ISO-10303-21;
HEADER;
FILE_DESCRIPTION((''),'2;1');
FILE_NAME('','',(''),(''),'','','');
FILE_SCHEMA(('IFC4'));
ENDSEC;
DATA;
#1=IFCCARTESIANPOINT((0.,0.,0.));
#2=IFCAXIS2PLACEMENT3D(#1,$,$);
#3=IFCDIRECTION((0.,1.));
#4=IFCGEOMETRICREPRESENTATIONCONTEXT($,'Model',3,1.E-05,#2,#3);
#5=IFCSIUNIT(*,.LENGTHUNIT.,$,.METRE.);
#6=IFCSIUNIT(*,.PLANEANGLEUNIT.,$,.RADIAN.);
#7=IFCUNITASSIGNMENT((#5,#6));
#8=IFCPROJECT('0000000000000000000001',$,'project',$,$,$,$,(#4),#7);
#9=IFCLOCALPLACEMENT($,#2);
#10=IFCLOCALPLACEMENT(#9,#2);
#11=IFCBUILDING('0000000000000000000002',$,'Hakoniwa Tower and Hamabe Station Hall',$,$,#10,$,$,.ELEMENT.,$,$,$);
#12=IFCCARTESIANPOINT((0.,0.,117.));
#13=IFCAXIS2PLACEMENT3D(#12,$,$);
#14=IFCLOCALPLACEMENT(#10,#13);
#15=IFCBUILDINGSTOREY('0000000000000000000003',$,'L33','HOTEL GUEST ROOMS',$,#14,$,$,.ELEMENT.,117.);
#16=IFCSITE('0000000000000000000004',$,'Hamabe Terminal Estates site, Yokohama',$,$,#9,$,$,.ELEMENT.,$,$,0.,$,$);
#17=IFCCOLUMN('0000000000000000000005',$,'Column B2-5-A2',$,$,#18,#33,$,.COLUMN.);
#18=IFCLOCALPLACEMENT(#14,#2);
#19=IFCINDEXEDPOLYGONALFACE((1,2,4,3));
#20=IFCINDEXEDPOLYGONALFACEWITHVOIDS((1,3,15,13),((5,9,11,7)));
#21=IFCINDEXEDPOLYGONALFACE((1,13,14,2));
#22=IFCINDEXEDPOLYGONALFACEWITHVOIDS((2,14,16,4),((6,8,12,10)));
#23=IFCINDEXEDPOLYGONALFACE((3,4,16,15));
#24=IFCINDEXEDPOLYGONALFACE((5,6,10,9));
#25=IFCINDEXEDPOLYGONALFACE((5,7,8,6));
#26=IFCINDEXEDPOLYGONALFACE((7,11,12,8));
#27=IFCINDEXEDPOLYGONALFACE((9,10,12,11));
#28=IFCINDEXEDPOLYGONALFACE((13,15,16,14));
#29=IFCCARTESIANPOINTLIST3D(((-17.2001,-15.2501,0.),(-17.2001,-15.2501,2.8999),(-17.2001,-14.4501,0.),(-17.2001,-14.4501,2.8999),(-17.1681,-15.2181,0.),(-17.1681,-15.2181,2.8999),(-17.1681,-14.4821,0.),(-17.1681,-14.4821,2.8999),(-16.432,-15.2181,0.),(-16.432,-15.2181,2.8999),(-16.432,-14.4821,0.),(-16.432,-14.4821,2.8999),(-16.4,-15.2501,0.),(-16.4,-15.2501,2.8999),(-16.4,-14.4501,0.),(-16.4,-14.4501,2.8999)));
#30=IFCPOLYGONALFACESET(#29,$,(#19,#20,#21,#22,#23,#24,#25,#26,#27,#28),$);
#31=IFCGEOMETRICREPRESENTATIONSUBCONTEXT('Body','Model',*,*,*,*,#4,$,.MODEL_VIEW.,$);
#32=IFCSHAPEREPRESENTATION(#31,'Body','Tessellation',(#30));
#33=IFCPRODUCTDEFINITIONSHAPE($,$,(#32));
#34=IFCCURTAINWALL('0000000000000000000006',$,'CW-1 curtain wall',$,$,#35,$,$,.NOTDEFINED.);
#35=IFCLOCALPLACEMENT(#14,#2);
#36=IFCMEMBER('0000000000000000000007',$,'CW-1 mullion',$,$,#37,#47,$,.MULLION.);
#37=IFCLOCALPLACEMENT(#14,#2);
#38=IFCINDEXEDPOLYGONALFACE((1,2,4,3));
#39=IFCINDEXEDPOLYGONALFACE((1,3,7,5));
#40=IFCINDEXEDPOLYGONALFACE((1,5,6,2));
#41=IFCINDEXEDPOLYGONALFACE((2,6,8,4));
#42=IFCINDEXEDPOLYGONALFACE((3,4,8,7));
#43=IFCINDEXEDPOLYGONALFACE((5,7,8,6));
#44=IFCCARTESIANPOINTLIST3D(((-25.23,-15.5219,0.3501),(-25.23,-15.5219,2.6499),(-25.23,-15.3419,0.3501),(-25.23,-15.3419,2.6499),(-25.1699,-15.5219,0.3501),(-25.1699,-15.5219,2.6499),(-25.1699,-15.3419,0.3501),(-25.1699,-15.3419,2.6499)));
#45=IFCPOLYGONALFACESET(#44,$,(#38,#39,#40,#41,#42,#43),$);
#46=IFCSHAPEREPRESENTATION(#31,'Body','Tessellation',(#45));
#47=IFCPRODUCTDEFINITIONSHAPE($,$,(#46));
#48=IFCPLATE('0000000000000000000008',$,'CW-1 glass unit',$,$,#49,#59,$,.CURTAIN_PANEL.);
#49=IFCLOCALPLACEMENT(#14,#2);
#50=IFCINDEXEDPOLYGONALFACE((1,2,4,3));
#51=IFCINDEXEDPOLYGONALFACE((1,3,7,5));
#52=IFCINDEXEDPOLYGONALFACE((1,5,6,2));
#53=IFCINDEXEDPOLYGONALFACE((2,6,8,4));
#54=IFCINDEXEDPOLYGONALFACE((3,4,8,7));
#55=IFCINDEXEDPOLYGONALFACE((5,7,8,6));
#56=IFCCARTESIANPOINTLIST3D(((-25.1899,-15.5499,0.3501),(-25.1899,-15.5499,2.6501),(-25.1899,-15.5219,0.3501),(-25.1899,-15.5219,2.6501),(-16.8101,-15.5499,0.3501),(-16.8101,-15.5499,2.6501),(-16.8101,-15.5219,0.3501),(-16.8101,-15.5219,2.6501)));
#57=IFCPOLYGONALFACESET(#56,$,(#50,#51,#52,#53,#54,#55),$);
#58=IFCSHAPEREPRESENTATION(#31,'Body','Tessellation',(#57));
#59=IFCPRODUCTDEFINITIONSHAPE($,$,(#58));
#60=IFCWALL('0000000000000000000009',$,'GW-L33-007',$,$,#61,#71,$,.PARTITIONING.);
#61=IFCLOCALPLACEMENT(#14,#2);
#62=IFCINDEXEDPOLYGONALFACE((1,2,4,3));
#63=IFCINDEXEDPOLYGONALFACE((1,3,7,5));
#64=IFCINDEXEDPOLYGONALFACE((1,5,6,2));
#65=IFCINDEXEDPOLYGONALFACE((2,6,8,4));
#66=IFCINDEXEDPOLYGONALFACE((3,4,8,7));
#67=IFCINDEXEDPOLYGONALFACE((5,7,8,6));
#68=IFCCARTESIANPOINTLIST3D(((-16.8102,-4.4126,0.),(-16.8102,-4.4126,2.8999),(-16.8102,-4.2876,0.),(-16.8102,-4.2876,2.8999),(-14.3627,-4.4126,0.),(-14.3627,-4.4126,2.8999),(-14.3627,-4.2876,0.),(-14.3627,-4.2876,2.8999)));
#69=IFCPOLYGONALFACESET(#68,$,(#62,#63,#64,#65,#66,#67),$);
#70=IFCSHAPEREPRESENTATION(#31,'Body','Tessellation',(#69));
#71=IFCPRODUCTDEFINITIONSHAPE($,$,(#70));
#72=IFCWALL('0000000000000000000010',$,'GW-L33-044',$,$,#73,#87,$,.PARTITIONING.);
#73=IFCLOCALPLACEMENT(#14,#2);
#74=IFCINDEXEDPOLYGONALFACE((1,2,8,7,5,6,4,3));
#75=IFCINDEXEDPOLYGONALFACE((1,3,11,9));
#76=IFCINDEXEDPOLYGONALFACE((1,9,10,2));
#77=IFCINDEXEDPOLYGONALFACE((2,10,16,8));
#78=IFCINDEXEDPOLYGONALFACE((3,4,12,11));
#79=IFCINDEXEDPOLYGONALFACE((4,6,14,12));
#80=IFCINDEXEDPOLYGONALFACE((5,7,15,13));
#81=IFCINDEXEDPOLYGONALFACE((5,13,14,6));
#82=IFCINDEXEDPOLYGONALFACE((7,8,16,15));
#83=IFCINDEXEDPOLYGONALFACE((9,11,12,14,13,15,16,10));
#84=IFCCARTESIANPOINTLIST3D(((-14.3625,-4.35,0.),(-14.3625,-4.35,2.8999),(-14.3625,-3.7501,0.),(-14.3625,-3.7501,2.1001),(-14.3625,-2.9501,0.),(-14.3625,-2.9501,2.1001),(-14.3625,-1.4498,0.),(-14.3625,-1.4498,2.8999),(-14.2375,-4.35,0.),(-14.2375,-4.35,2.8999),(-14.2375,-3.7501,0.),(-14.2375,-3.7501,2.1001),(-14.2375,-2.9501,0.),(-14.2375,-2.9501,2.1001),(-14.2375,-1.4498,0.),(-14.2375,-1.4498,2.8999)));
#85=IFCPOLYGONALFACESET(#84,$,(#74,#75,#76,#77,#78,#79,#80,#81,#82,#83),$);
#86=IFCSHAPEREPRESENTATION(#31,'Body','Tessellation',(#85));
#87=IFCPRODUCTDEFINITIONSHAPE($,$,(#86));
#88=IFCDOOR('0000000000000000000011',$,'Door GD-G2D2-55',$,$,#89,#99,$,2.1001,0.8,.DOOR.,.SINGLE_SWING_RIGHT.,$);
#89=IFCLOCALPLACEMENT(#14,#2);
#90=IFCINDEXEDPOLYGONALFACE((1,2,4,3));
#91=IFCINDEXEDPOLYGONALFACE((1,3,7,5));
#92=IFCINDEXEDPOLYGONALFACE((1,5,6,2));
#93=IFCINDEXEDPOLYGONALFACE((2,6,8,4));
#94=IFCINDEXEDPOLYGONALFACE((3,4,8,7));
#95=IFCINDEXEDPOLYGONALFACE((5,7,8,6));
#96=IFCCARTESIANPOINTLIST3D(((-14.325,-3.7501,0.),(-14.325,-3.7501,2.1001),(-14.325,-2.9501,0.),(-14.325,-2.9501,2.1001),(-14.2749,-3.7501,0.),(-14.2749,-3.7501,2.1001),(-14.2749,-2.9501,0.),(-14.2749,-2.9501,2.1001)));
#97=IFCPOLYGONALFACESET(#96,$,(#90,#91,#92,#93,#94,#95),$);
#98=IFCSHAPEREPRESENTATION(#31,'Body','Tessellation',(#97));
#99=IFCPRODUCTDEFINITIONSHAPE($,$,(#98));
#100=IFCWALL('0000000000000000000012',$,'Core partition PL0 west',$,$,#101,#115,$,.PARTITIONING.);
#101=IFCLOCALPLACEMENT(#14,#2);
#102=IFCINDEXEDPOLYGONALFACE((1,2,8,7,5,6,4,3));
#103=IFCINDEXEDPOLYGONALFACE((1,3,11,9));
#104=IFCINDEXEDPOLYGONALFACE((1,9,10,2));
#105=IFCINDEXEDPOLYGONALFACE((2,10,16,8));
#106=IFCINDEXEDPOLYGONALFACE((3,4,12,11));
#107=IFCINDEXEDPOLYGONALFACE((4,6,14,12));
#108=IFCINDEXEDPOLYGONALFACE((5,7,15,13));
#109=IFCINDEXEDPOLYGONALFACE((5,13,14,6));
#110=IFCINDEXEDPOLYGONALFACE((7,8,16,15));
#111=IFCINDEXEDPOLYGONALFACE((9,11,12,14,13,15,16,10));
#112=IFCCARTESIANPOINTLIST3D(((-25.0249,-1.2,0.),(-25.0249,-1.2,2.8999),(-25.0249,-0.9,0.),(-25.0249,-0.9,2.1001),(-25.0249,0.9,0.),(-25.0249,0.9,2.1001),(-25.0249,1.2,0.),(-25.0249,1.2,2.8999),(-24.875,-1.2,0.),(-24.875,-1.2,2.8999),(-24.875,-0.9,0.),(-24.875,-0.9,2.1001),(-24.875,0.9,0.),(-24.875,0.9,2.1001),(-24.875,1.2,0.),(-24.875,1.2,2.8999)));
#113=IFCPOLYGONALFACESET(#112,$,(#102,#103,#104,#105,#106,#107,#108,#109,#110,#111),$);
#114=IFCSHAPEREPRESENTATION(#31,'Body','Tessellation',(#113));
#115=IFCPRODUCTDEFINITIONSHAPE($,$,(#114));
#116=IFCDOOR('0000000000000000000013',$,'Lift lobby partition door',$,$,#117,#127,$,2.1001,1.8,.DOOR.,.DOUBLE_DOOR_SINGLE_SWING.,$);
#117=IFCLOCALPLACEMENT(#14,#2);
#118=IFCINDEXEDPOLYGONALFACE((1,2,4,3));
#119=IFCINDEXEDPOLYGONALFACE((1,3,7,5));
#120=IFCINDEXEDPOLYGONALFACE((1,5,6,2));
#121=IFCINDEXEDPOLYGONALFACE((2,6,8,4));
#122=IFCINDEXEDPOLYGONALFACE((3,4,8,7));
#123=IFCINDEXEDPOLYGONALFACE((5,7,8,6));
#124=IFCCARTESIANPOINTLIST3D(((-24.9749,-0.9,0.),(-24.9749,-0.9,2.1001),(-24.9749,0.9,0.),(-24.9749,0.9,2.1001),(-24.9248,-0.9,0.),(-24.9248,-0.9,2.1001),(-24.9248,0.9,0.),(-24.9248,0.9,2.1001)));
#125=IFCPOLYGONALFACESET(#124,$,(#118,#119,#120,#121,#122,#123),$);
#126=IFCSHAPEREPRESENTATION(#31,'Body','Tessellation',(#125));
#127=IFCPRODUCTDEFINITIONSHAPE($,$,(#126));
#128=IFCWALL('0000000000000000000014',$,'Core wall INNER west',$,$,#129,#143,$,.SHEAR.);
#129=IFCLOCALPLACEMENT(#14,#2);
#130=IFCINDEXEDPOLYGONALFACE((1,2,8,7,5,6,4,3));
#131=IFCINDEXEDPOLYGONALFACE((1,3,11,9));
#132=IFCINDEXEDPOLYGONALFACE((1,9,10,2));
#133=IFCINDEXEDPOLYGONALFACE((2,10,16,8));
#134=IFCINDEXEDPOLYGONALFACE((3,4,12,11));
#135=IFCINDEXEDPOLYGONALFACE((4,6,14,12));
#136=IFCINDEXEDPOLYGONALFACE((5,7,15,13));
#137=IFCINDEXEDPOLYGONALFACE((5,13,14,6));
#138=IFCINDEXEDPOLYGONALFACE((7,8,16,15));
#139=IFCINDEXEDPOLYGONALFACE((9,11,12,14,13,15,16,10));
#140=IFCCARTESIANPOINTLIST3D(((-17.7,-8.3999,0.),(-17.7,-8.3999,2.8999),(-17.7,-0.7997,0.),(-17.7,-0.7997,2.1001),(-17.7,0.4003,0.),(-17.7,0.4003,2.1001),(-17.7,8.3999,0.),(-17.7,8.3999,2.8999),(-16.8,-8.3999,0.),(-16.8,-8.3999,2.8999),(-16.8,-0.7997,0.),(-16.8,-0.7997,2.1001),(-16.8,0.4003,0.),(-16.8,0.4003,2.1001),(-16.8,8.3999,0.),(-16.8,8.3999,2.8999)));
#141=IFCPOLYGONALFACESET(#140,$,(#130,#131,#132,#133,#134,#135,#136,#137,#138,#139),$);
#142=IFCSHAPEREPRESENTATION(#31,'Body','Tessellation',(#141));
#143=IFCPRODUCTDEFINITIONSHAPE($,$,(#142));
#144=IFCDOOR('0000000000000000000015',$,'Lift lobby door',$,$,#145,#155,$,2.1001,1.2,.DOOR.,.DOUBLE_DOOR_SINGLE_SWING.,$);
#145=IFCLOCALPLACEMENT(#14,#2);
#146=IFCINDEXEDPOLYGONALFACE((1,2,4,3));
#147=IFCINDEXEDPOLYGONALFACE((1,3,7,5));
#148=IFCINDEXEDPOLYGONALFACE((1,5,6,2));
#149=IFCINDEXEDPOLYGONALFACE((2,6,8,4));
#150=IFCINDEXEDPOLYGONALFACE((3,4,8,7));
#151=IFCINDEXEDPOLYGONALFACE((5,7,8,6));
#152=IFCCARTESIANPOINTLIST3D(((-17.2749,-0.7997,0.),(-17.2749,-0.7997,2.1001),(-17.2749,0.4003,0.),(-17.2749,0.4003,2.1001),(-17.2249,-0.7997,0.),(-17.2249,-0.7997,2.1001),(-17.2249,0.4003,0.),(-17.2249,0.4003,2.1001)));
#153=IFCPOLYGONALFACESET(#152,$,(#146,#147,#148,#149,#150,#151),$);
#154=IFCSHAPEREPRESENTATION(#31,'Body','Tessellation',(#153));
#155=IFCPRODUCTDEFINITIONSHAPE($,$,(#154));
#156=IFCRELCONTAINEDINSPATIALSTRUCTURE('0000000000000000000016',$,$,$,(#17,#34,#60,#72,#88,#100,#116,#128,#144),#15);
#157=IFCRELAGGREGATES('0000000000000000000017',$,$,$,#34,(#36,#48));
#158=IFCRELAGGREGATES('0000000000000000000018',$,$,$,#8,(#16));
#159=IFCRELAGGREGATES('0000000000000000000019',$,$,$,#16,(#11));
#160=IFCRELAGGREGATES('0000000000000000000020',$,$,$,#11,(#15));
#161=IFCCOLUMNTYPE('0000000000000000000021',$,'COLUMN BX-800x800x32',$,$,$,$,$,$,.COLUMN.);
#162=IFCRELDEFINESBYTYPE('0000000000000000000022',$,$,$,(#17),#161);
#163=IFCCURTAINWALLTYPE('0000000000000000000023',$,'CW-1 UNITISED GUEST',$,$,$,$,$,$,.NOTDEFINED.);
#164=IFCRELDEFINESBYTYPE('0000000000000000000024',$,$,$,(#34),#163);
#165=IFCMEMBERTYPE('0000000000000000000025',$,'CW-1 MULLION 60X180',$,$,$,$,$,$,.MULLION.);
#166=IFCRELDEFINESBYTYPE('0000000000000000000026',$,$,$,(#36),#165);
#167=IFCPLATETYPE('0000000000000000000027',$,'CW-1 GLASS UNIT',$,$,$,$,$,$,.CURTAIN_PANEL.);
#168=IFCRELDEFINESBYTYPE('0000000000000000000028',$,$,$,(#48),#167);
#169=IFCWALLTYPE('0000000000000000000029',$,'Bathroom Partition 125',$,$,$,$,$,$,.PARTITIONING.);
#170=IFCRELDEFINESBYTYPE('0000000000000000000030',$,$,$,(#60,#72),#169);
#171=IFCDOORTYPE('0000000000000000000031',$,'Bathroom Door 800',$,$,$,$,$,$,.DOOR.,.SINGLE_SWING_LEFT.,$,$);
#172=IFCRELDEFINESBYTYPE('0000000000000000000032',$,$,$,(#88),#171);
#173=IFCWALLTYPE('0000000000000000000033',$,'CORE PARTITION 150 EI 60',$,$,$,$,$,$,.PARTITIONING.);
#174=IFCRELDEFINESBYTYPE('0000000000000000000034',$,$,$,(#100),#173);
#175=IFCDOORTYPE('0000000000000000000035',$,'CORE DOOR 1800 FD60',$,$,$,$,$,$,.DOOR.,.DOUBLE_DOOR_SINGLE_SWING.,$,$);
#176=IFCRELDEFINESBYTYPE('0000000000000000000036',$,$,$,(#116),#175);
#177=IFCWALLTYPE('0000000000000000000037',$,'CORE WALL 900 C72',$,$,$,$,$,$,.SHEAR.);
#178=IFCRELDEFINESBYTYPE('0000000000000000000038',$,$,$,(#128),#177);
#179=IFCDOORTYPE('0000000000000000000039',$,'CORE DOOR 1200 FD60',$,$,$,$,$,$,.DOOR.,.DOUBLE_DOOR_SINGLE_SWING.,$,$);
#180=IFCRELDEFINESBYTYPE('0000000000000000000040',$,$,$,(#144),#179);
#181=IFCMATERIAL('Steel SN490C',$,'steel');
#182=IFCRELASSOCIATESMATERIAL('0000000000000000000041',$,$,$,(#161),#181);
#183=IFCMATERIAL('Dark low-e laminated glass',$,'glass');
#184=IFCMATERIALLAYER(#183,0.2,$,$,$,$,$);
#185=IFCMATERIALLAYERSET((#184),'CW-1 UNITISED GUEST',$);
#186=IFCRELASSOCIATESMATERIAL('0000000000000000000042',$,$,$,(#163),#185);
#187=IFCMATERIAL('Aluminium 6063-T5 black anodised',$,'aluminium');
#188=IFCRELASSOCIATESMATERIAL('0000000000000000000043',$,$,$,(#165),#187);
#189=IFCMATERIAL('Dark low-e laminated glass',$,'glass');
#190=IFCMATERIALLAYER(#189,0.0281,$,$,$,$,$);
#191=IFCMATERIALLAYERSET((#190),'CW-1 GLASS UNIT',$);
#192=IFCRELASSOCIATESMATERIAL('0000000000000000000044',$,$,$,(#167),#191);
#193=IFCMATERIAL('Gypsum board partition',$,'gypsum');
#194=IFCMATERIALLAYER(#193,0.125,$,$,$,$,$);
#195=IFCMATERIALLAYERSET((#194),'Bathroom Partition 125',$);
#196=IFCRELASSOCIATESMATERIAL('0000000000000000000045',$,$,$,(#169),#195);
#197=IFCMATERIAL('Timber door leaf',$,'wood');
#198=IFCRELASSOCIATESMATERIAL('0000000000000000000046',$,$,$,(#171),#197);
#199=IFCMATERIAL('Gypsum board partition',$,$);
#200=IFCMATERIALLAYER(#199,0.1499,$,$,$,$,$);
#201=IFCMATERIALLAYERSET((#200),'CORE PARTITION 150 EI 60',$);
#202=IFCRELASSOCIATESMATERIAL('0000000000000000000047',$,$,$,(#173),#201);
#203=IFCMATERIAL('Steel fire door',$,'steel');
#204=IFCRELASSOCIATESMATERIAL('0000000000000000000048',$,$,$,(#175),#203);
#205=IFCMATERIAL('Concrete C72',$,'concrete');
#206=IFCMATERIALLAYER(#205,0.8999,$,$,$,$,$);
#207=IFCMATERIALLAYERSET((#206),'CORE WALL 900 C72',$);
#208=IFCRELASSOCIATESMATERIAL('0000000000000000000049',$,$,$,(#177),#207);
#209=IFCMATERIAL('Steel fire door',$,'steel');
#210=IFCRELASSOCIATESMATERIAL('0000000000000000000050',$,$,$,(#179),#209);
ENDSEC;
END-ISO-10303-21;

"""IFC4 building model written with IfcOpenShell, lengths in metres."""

from ifc_helpers import new_model, si_unit, direction, frame, frame_2d, origin, origin_2d, place, context, subcontext, project, spatial, rectangle, hollow_rectangle, extrude, material, layer, layer_set, material_profile, profile_set, type_object, element, fill, aggregate, save


model = new_model("IFC4")

# Units and contexts
model_context = context("Model", 3, precision=1e-05, world=origin(), true_north=direction((0.0, 1.0)))
body_context = subcontext(model_context, "Body", "Model", "MODEL_VIEW")
ifc_project = project(units=[si_unit("LENGTHUNIT", "METRE"), si_unit("PLANEANGLEUNIT", "RADIAN")], contexts=[model_context])

# Site, building, storey
site_placement = place(None, origin())
site = spatial("IfcSite", under=ifc_project, at=site_placement, Name="Hamabe Terminal Estates site, Yokohama", CompositionType="ELEMENT", RefElevation=0.0)
building_placement = place(site_placement, origin())
building = spatial("IfcBuilding", under=site, at=building_placement, Name="Hakoniwa Tower and Hamabe Station Hall", CompositionType="ELEMENT")
storey_placement = place(building_placement, frame((0.0, 0.0, 117.0)))
storey = spatial("IfcBuildingStorey", under=building, at=storey_placement, Name="L33", Description="HOTEL GUEST ROOMS", CompositionType="ELEMENT", Elevation=117.0)

# Column
ifc_material_1 = material(Name="Steel SN490C", Category="steel")
ifc_material_profile_1 = material_profile(ifc_material_1, hollow_rectangle(XDim=0.8, YDim=0.8, WallThickness=0.032, at=origin_2d()), Name="BX-800x800x32")
ifc_profile_set_1 = profile_set([ifc_material_profile_1], Name="Steel SN490C")
column_type = type_object("IfcColumnType", Name="COLUMN BX-800x800x32", PredefinedType="COLUMN", material=ifc_profile_set_1)
column_placement = place(storey_placement, frame((-16.8, -14.8501, 0.0), z_axis=(0.0, 0.0, 1.0), x_axis=(1.0, 0.0, 0.0)))
element("IfcColumn", 1, at=column_placement, inside=storey, type_object=column_type, Name="Column B2-5-A2", PredefinedType="COLUMN", context=body_context, shape_type="SweptSolid", body=[
    extrude(hollow_rectangle(XDim=0.8, YDim=0.8, WallThickness=0.032, at=origin_2d()), origin(), (0.0, 0.0, 1.0), 2.8999),
])

# Curtain wall, member, plate
ifc_material_2 = material(Name="Dark low-e laminated glass", Category="glass")
ifc_layer_1 = layer(ifc_material_2, 0.2)
ifc_layer_set_1 = layer_set([ifc_layer_1], Name="CW-1 UNITISED GUEST")
curtain_wall_type = type_object("IfcCurtainWallType", Name="CW-1 UNITISED GUEST", PredefinedType="NOTDEFINED", material=ifc_layer_set_1)
curtain_wall_placement = place(storey_placement, origin())
curtain_wall = element("IfcCurtainWall", 2, at=curtain_wall_placement, inside=storey, type_object=curtain_wall_type, Name="CW-1 curtain wall", PredefinedType="NOTDEFINED")
ifc_material_3 = material(Name="Aluminium 6063-T5 black anodised", Category="aluminium")
ifc_material_profile_2 = material_profile(ifc_material_3, rectangle(XDim=0.0601, YDim=0.1799, at=origin_2d()), Name="CW-1 MULLION 60X180")
ifc_profile_set_2 = profile_set([ifc_material_profile_2], Name="Aluminium 6063-T5 black anodised")
member_type = type_object("IfcMemberType", Name="CW-1 MULLION 60X180", PredefinedType="MULLION", material=ifc_profile_set_2)
member_placement = place(storey_placement, frame((-25.2, -15.4319, 0.3501), z_axis=(0.0, 0.0, 1.0), x_axis=(1.0, 0.0, 0.0)))
member = element("IfcMember", 3, at=member_placement, type_object=member_type, Name="CW-1 mullion", PredefinedType="MULLION", context=body_context, shape_type="SweptSolid", body=[
    extrude(rectangle(XDim=0.0601, YDim=0.1799, at=origin_2d()), origin(), (0.0, 0.0, 1.0), 2.2998),
])
ifc_material_4 = material(Name="Dark low-e laminated glass", Category="glass")
ifc_layer_2 = layer(ifc_material_4, 0.0281)
ifc_layer_set_2 = layer_set([ifc_layer_2], Name="CW-1 GLASS UNIT")
plate_type = type_object("IfcPlateType", Name="CW-1 GLASS UNIT", PredefinedType="CURTAIN_PANEL", material=ifc_layer_set_2)
plate_placement = place(storey_placement, frame((-21.0, -15.5359, 0.3501), z_axis=(0.0, 0.0, 1.0), x_axis=(1.0, 0.0, 0.0)))
plate = element("IfcPlate", 4, at=plate_placement, type_object=plate_type, Name="CW-1 glass unit", PredefinedType="CURTAIN_PANEL", context=body_context, shape_type="SweptSolid", body=[
    extrude(rectangle(XDim=8.3799, YDim=0.0281, at=origin_2d()), origin(), (0.0, 0.0, 1.0), 2.3),
])
aggregate(curtain_wall, [member, plate])

# Wall
ifc_material_5 = material(Name="Gypsum board partition", Category="gypsum")
ifc_layer_3 = layer(ifc_material_5, 0.125)
ifc_layer_set_3 = layer_set([ifc_layer_3], Name="Bathroom Partition 125")
wall_type_1 = type_object("IfcWallType", Name="Bathroom Partition 125", PredefinedType="PARTITIONING", material=ifc_layer_set_3)
wall_1_placement = place(storey_placement, frame((-16.8101, -4.3501, 0.0), z_axis=(0.0, 0.0, 1.0), x_axis=(1.0, 0.0, 0.0)))
element("IfcWall", 5, at=wall_1_placement, inside=storey, type_object=wall_type_1, Name="GW-L33-007", PredefinedType="PARTITIONING", context=body_context, shape_type="SweptSolid", body=[
    extrude(rectangle(XDim=2.4475, YDim=0.125, at=frame_2d((1.2236, 0.0))), origin(), (0.0, 0.0, 1.0), 2.8999),
])

# Walls, openings, doors
wall_2_placement = place(storey_placement, frame((-14.3, -4.3501, 0.0), z_axis=(0.0, 0.0, 1.0), x_axis=(0.0, 1.0, 0.0)))
wall_2 = element("IfcWall", 6, at=wall_2_placement, inside=storey, type_object=wall_type_1, Name="GW-L33-044", PredefinedType="PARTITIONING", context=body_context, shape_type="SweptSolid", body=[
    extrude(rectangle(XDim=2.9001, YDim=0.125, at=frame_2d((1.4502, 0.0))), origin(), (0.0, 0.0, 1.0), 2.8999),
])
opening_1_placement = place(wall_2_placement, frame((0.6001, 0.0, 0.0)))
opening_1 = element("IfcOpeningElement", 7, at=opening_1_placement, cuts=wall_2, PredefinedType="OPENING", context=body_context, shape_type="SweptSolid", body=[
    extrude(rectangle(XDim=0.8, YDim=2.1001, at=frame_2d((0.3999, 1.05))), frame((0.0, 0.0725, 0.0), z_axis=(0.0, -1.0, 0.0), x_axis=(1.0, 0.0, 0.0)), (0.0, 0.0, 1.0), 0.145),
])
ifc_material_6 = material(Name="Timber door leaf", Category="wood")
door_type_1 = type_object("IfcDoorType", Name="Bathroom Door 800", OperationType="SINGLE_SWING_LEFT", PredefinedType="DOOR", material=ifc_material_6)
door_1_placement = place(opening_1_placement, origin())
door_1 = element("IfcDoor", 8, at=door_1_placement, inside=storey, type_object=door_type_1, Name="Door GD-G2D2-55", OperationType="SINGLE_SWING_RIGHT", OverallHeight=2.1001, OverallWidth=0.8, PredefinedType="DOOR", context=body_context, shape_type="SweptSolid", body=[
    extrude(rectangle(XDim=0.8, YDim=2.1001, at=frame_2d((0.3999, 1.05))), frame((0.0, 0.0249, 0.0), z_axis=(0.0, -1.0, 0.0), x_axis=(1.0, 0.0, 0.0)), (0.0, 0.0, 1.0), 0.05),
])
fill(opening_1, door_1)
ifc_material_7 = material(Name="Gypsum board partition")
ifc_layer_4 = layer(ifc_material_7, 0.1499)
ifc_layer_set_4 = layer_set([ifc_layer_4], Name="CORE PARTITION 150 EI 60")
wall_type_2 = type_object("IfcWallType", Name="CORE PARTITION 150 EI 60", PredefinedType="PARTITIONING", material=ifc_layer_set_4)
wall_3_placement = place(storey_placement, frame((-24.95, -1.2, 0.0), z_axis=(0.0, 0.0, 1.0), x_axis=(0.0, 1.0, 0.0)))
wall_3 = element("IfcWall", 9, at=wall_3_placement, inside=storey, type_object=wall_type_2, Name="Core partition PL0 west", PredefinedType="PARTITIONING", context=body_context, shape_type="SweptSolid", body=[
    extrude(rectangle(XDim=2.3999, YDim=0.1499, at=frame_2d((1.2, 0.0))), origin(), (0.0, 0.0, 1.0), 2.8999),
])
opening_2_placement = place(wall_3_placement, frame((0.3, 0.0, 0.0)))
opening_2 = element("IfcOpeningElement", 10, at=opening_2_placement, cuts=wall_3, PredefinedType="OPENING", context=body_context, shape_type="SweptSolid", body=[
    extrude(rectangle(XDim=1.8, YDim=2.1001, at=frame_2d((0.8999, 1.05))), frame((0.0, 0.085, 0.0), z_axis=(0.0, -1.0, 0.0), x_axis=(1.0, 0.0, 0.0)), (0.0, 0.0, 1.0), 0.1699),
])
ifc_material_8 = material(Name="Steel fire door", Category="steel")
door_type_2 = type_object("IfcDoorType", Name="CORE DOOR 1800 FD60", OperationType="DOUBLE_DOOR_SINGLE_SWING", PredefinedType="DOOR", material=ifc_material_8)
door_2_placement = place(opening_2_placement, origin())
door_2 = element("IfcDoor", 11, at=door_2_placement, inside=storey, type_object=door_type_2, Name="Lift lobby partition door", OperationType="DOUBLE_DOOR_SINGLE_SWING", OverallHeight=2.1001, OverallWidth=1.8, PredefinedType="DOOR", context=body_context, shape_type="SweptSolid", body=[
    extrude(rectangle(XDim=1.8, YDim=2.1001, at=frame_2d((0.8999, 1.05))), frame((0.0, 0.0249, 0.0), z_axis=(0.0, -1.0, 0.0), x_axis=(1.0, 0.0, 0.0)), (0.0, 0.0, 1.0), 0.05),
])
fill(opening_2, door_2)
ifc_material_9 = material(Name="Concrete C72", Category="concrete")
ifc_layer_5 = layer(ifc_material_9, 0.8999)
ifc_layer_set_5 = layer_set([ifc_layer_5], Name="CORE WALL 900 C72")
wall_type_3 = type_object("IfcWallType", Name="CORE WALL 900 C72", PredefinedType="SHEAR", material=ifc_layer_set_5)
wall_4_placement = place(storey_placement, frame((-17.25, -8.3999, 0.0), z_axis=(0.0, 0.0, 1.0), x_axis=(0.0, 1.0, 0.0)))
wall_4 = element("IfcWall", 12, at=wall_4_placement, inside=storey, type_object=wall_type_3, Name="Core wall INNER west", PredefinedType="SHEAR", context=body_context, shape_type="SweptSolid", body=[
    extrude(rectangle(XDim=16.7998, YDim=0.8999, at=frame_2d((8.3999, 0.0))), origin(), (0.0, 0.0, 1.0), 2.8999),
])
opening_3_placement = place(wall_4_placement, frame((7.6001, 0.0, 0.0)))
opening_3 = element("IfcOpeningElement", 13, at=opening_3_placement, cuts=wall_4, PredefinedType="OPENING", context=body_context, shape_type="SweptSolid", body=[
    extrude(rectangle(XDim=1.2, YDim=2.1001, at=frame_2d((0.6001, 1.05))), frame((0.0, 0.46, 0.0), z_axis=(0.0, -1.0, 0.0), x_axis=(1.0, 0.0, 0.0)), (0.0, 0.0, 1.0), 0.9199),
])
ifc_material_10 = material(Name="Steel fire door", Category="steel")
door_type_3 = type_object("IfcDoorType", Name="CORE DOOR 1200 FD60", OperationType="DOUBLE_DOOR_SINGLE_SWING", PredefinedType="DOOR", material=ifc_material_10)
door_3_placement = place(opening_3_placement, origin())
door_3 = element("IfcDoor", 14, at=door_3_placement, inside=storey, type_object=door_type_3, Name="Lift lobby door", OperationType="DOUBLE_DOOR_SINGLE_SWING", OverallHeight=2.1001, OverallWidth=1.2, PredefinedType="DOOR", context=body_context, shape_type="SweptSolid", body=[
    extrude(rectangle(XDim=1.2, YDim=2.1001, at=frame_2d((0.6001, 1.05))), frame((0.0, 0.0249, 0.0), z_axis=(0.0, -1.0, 0.0), x_axis=(1.0, 0.0, 0.0)), (0.0, 0.0, 1.0), 0.05),
])
fill(opening_3, door_3)

save(model, "model.ifc")
